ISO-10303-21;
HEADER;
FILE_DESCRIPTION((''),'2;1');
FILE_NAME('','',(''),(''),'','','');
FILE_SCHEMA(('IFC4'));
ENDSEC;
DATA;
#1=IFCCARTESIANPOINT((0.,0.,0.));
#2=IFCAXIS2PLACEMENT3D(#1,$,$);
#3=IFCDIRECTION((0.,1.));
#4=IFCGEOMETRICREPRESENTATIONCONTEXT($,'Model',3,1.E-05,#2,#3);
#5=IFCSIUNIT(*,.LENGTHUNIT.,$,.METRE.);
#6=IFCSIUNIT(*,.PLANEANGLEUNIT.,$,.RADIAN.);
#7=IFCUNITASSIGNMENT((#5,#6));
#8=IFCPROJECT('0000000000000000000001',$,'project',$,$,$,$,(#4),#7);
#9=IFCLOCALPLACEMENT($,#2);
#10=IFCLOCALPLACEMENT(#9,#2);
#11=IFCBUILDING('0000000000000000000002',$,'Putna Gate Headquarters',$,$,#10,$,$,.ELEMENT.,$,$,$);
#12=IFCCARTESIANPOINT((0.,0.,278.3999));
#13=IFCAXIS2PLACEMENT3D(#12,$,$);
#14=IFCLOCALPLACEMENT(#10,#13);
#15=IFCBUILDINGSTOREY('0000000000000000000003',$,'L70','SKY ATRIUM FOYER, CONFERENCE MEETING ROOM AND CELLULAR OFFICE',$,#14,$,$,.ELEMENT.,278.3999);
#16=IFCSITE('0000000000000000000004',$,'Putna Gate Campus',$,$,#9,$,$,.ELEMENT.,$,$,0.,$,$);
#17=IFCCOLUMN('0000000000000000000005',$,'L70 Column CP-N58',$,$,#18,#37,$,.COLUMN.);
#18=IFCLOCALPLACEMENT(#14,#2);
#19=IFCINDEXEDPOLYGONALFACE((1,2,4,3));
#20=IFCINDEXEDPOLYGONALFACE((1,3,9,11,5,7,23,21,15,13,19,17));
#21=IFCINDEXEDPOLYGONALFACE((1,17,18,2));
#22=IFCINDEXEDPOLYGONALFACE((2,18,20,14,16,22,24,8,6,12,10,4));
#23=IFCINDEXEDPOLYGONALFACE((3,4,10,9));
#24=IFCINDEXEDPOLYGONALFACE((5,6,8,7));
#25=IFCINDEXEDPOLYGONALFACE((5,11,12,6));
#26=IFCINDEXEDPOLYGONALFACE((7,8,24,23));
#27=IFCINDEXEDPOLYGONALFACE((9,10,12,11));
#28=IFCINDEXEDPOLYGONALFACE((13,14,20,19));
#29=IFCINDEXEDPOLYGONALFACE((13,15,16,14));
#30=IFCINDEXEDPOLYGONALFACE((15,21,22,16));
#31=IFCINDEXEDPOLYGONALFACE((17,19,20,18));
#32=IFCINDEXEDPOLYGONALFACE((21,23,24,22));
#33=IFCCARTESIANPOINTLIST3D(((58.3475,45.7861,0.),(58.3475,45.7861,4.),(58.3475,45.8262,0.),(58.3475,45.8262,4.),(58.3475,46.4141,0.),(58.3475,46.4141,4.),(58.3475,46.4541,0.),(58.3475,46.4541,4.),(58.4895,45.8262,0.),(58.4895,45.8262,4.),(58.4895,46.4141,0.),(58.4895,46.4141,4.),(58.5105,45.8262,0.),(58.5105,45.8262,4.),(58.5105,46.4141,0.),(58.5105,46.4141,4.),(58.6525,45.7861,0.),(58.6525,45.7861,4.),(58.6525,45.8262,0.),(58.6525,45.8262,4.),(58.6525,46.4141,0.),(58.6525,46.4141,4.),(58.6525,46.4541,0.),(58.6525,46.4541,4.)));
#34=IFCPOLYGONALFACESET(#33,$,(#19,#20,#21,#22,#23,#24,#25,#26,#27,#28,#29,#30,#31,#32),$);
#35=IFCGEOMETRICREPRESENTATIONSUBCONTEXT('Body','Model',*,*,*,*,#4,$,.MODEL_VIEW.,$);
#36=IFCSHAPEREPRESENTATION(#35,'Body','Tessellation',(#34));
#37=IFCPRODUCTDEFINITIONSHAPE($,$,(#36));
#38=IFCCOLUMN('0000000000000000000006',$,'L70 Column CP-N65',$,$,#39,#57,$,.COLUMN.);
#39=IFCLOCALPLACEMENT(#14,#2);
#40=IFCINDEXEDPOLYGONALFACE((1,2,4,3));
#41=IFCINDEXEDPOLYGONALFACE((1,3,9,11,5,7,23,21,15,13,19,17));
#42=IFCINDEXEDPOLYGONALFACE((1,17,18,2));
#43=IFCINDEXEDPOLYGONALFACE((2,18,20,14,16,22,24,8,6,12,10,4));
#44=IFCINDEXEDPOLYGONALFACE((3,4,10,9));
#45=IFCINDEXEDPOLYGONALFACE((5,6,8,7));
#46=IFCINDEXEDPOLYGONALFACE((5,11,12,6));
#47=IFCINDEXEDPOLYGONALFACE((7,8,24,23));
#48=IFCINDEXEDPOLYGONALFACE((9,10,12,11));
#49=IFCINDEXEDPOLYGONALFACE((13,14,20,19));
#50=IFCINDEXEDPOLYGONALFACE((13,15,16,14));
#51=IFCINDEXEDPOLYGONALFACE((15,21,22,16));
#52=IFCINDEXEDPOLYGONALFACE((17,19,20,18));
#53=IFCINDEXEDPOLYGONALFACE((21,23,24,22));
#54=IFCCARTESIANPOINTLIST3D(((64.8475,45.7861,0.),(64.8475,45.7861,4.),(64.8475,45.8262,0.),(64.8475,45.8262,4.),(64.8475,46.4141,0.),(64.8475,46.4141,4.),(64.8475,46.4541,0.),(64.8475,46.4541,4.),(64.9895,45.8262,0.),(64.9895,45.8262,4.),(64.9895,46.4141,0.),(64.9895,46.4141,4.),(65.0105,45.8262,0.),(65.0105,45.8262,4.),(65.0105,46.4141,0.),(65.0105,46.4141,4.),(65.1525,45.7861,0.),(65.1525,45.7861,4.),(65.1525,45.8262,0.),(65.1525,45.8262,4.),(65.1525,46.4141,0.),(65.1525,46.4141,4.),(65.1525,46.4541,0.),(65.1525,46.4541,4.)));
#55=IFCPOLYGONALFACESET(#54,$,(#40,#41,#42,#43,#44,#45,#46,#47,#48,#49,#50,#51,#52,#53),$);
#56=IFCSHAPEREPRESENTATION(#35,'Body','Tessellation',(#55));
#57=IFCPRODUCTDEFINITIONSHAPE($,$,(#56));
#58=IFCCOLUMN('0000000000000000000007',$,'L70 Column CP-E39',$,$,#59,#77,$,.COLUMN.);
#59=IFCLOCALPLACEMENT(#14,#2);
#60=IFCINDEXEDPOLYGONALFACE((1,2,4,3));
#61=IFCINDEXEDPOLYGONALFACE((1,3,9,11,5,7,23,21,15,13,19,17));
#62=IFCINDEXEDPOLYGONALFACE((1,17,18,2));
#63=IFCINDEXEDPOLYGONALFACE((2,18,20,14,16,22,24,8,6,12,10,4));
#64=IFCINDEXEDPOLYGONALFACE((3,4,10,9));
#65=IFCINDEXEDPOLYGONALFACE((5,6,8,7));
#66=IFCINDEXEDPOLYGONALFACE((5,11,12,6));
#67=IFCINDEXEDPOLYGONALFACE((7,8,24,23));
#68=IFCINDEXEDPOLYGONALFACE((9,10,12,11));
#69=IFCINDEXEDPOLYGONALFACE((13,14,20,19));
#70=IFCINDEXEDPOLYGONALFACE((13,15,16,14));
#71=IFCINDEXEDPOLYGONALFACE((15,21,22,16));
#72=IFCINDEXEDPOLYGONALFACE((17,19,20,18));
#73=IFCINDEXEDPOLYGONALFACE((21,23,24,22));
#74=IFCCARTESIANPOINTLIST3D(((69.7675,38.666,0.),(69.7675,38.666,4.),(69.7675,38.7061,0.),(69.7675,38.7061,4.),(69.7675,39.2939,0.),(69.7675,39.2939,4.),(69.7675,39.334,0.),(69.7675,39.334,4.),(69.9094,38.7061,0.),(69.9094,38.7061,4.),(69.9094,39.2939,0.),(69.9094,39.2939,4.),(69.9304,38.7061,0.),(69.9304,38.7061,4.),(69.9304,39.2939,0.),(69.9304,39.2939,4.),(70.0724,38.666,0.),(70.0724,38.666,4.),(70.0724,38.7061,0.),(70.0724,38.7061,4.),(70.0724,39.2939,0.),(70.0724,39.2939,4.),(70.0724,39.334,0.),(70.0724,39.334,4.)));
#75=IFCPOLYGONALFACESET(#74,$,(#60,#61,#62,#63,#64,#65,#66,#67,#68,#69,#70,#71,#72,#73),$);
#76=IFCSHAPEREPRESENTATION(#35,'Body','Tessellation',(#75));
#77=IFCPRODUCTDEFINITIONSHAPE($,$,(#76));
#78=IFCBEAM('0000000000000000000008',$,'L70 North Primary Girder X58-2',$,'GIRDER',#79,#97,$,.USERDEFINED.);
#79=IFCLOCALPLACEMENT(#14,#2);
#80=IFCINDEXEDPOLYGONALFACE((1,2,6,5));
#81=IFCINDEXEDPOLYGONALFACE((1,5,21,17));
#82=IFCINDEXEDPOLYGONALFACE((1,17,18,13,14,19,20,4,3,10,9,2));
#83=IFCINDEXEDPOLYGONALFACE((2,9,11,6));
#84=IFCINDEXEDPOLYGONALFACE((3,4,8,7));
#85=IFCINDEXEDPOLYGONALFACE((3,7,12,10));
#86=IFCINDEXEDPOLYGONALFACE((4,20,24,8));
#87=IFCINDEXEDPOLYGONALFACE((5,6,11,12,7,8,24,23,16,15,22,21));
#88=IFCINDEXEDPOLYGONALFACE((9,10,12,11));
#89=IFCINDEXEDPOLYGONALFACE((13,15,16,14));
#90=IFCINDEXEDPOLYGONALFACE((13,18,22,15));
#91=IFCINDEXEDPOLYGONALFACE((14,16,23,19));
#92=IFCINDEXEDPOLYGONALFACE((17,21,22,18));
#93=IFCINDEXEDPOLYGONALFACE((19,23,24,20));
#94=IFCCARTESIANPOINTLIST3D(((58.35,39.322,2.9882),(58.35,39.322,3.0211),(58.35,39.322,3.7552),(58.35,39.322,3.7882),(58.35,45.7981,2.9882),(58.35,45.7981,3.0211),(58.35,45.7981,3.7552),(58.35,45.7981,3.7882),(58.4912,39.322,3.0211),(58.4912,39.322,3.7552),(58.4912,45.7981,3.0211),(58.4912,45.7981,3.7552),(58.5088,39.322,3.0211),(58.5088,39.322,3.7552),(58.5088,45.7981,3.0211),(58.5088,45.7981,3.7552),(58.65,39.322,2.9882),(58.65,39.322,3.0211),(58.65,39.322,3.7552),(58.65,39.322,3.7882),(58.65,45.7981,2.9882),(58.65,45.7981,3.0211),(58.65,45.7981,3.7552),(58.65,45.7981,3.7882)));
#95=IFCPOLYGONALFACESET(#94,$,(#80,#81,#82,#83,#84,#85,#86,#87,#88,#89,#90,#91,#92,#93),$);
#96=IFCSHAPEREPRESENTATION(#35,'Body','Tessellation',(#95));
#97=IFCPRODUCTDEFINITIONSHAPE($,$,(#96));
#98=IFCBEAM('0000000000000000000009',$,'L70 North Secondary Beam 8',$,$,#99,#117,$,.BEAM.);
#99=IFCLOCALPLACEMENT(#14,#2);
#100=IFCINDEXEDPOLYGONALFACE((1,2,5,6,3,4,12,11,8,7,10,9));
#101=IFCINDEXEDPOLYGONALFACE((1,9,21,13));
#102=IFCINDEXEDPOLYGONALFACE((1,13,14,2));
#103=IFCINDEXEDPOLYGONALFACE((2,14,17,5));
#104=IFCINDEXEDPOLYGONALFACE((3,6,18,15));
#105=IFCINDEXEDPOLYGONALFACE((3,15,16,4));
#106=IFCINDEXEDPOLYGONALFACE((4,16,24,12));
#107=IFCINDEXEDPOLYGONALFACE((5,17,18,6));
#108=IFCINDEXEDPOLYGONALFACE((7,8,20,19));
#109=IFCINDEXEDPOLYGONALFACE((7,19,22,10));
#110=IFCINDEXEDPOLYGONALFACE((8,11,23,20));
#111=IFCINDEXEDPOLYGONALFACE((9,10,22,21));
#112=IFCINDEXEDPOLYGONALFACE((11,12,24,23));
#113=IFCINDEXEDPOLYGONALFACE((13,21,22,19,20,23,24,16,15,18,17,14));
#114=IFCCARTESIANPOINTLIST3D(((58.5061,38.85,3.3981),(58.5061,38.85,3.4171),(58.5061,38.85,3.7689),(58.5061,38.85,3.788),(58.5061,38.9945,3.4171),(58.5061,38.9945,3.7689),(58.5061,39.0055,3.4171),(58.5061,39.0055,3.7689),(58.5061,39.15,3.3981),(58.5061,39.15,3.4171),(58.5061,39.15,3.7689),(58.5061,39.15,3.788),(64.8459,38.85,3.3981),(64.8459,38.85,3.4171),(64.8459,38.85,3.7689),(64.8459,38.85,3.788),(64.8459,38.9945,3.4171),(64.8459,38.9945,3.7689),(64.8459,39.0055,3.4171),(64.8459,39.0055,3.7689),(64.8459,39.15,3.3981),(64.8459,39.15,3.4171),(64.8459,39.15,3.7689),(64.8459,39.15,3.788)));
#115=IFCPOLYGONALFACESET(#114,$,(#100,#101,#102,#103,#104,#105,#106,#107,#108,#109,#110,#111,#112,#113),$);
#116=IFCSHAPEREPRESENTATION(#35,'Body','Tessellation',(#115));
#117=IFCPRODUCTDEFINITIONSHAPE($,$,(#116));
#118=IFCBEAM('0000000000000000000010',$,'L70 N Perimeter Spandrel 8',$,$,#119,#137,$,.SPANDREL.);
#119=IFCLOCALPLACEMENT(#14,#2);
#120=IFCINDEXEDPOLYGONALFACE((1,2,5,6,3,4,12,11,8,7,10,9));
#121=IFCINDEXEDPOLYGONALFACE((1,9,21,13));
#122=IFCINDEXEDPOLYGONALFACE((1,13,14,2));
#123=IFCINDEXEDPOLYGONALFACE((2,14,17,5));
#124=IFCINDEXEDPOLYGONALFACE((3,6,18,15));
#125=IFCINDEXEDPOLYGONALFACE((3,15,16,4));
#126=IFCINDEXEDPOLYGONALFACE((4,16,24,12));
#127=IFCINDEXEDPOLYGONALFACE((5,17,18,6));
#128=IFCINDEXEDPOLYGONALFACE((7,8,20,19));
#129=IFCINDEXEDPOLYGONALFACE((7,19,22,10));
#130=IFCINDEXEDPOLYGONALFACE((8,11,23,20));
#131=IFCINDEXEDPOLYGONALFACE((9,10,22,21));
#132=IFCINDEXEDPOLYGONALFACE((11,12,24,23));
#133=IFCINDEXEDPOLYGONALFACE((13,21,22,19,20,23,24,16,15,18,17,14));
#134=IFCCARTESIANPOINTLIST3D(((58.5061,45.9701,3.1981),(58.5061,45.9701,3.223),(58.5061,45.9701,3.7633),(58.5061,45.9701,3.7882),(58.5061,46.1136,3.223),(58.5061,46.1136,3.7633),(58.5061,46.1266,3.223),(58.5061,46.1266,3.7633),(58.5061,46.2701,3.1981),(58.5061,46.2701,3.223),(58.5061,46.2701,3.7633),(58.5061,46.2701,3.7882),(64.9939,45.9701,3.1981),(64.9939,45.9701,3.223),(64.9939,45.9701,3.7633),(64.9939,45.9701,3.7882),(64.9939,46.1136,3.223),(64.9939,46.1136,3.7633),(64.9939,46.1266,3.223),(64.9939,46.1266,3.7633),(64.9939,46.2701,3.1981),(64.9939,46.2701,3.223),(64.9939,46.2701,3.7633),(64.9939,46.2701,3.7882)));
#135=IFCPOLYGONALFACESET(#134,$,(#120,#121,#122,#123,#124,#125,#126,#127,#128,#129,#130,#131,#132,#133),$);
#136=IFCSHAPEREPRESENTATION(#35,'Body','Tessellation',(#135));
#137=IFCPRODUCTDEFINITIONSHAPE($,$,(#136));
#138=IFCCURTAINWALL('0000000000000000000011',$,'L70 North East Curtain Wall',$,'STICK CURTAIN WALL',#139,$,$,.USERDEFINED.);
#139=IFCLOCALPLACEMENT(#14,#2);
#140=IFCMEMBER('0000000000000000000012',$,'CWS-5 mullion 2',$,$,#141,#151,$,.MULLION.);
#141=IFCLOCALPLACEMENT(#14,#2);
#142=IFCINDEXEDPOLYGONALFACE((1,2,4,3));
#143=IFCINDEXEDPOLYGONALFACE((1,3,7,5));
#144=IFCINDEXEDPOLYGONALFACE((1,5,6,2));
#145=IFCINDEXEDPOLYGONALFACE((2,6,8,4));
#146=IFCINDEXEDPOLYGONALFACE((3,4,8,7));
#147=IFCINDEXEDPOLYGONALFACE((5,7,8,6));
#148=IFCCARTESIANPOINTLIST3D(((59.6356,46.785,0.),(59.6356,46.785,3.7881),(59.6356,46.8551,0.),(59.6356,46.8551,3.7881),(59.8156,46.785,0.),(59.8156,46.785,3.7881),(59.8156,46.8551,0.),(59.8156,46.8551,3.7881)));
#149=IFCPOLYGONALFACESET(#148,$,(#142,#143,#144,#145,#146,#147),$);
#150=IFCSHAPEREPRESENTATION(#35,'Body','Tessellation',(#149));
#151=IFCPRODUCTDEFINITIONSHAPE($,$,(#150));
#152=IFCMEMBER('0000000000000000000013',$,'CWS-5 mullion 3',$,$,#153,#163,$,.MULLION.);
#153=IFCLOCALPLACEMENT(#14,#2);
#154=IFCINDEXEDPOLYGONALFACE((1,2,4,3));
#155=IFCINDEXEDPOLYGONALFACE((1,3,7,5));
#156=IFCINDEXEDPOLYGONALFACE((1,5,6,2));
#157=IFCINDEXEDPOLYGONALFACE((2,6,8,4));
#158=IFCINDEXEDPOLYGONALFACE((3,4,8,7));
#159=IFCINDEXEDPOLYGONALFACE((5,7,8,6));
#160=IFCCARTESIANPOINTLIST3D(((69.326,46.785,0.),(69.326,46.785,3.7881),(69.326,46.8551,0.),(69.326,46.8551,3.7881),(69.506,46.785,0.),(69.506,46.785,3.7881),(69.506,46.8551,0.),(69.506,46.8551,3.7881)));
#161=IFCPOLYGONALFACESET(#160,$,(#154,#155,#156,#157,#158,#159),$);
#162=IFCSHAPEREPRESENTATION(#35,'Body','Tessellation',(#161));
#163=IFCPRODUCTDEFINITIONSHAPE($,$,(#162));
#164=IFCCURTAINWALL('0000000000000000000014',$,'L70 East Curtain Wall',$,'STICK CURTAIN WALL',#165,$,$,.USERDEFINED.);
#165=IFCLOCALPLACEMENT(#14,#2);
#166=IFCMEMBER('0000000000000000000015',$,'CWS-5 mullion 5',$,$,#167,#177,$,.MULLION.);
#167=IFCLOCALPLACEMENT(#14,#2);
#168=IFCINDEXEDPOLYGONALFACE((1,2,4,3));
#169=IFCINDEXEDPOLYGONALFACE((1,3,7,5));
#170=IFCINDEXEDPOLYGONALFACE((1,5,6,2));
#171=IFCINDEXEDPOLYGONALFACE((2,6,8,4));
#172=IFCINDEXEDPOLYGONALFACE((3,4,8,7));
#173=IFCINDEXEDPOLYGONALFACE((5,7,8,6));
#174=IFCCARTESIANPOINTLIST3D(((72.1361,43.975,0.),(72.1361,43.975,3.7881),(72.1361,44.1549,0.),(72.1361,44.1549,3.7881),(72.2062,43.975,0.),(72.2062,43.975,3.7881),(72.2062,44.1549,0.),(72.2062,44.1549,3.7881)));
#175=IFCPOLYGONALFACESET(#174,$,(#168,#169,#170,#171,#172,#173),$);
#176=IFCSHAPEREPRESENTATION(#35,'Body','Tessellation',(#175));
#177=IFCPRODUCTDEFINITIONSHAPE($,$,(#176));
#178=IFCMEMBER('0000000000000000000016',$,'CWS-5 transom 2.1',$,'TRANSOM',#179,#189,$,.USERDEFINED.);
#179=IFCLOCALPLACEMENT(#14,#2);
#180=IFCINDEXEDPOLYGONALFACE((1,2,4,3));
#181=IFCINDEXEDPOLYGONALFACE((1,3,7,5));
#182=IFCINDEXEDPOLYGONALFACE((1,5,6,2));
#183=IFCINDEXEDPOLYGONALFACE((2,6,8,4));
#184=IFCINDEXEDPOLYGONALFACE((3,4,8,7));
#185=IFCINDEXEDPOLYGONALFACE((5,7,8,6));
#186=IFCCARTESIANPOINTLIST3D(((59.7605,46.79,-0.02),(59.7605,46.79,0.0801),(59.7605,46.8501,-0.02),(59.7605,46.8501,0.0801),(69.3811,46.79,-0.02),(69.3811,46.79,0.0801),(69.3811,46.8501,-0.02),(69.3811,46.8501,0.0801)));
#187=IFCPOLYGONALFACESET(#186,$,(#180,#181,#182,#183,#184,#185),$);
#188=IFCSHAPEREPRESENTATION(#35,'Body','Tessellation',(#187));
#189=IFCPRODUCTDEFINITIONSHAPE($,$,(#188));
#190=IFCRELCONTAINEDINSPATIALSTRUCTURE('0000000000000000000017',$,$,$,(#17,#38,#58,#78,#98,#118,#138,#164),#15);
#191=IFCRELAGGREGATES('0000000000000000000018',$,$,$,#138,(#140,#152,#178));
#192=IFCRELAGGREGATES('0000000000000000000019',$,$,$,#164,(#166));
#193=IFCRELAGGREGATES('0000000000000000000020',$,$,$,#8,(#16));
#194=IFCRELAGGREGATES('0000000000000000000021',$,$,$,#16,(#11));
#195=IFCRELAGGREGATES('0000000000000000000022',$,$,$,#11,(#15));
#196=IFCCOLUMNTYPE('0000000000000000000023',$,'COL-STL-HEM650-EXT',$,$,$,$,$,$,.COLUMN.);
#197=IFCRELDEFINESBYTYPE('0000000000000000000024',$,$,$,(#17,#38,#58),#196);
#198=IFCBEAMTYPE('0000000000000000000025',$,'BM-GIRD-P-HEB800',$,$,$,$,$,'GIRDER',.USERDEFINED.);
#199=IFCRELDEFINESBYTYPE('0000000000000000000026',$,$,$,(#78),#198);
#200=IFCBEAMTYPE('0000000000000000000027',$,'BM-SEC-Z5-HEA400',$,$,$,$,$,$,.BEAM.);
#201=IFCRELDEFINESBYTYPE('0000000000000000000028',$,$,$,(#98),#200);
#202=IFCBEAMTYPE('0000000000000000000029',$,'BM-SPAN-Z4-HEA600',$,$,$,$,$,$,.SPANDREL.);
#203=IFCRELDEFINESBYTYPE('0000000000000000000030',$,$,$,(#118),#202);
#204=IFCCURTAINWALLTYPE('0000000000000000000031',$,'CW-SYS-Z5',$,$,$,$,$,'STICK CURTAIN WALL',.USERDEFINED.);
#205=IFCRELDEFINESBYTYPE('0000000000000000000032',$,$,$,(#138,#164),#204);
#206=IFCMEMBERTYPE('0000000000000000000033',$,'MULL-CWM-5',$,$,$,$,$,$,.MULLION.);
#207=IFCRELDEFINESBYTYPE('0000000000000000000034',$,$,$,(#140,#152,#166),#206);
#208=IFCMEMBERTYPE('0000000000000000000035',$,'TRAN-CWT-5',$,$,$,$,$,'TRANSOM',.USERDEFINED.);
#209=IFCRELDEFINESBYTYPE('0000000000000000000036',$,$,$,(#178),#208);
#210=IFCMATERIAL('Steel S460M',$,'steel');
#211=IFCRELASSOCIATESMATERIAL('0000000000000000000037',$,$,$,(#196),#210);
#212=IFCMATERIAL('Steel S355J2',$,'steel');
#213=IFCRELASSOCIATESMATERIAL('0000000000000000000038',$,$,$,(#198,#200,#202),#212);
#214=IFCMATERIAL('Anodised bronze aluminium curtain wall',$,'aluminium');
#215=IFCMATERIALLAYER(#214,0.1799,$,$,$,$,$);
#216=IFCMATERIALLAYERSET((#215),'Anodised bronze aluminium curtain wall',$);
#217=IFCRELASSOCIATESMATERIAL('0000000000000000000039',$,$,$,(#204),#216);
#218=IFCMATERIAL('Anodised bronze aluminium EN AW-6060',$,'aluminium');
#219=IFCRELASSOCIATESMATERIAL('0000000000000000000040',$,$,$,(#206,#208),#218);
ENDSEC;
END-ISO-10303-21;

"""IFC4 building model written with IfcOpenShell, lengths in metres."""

from ifc_helpers import new_model, si_unit, direction, frame, origin, origin_2d, place, context, subcontext, project, spatial, rectangle, i_section, extrude, material, layer, layer_set, material_profile, profile_set, type_object, element, aggregate, save


model = new_model("IFC4")

# Units and contexts
model_context = context("Model", 3, precision=1e-05, world=origin(), true_north=direction((0.0, 1.0)))
body_context = subcontext(model_context, "Body", "Model", "MODEL_VIEW")
ifc_project = project(units=[si_unit("LENGTHUNIT", "METRE"), si_unit("PLANEANGLEUNIT", "RADIAN")], contexts=[model_context])

# Site, building, storey
site_placement = place(None, origin())
site = spatial("IfcSite", under=ifc_project, at=site_placement, Name="Putna Gate Campus", CompositionType="ELEMENT", RefElevation=0.0)
building_placement = place(site_placement, origin())
building = spatial("IfcBuilding", under=site, at=building_placement, Name="Putna Gate Headquarters", CompositionType="ELEMENT")
storey_placement = place(building_placement, frame((0.0, 0.0, 278.3999)))
storey = spatial("IfcBuildingStorey", under=building, at=storey_placement, Name="L70", Description="SKY ATRIUM FOYER, CONFERENCE MEETING ROOM AND CELLULAR OFFICE", CompositionType="ELEMENT", Elevation=278.3999)

# Columns
ifc_material_1 = material(Name="Steel S460M", Category="steel")
ifc_material_profile_1 = material_profile(ifc_material_1, i_section(OverallWidth=0.3049, OverallDepth=0.668, WebThickness=0.021, FlangeThickness=0.04, at=origin_2d()), Name="Steel S460M")
ifc_profile_set_1 = profile_set([ifc_material_profile_1], Name="Steel S460M")
column_type = type_object("IfcColumnType", Name="COL-STL-HEM650-EXT", PredefinedType="COLUMN", material=ifc_profile_set_1)
for number, where, z_axis, x_axis, name in (
    (1, (58.5, 46.1201, 0.0), (0.0, 0.0, 1.0), (1.0, 0.0, 0.0), "L70 Column CP-N58"),
    (2, (65.0, 46.1201, 0.0), (0.0, 0.0, 1.0), (1.0, 0.0, 0.0), "L70 Column CP-N65"),
    (3, (69.9199, 39.0, 0.0), (0.0, 0.0, 1.0), (1.0, 0.0, 0.0), "L70 Column CP-E39"),
):
    element("IfcColumn", number, at=place(storey_placement, frame(where, z_axis=z_axis, x_axis=x_axis)), inside=storey, type_object=column_type, Name=name, PredefinedType="COLUMN", context=body_context, shape_type="SweptSolid", body=[
        extrude(i_section(OverallWidth=0.3049, OverallDepth=0.668, WebThickness=0.021, FlangeThickness=0.04, at=origin_2d()), origin(), (0.0, 0.0, 1.0), 4.0),
    ])

# Beams
ifc_material_2 = material(Name="Steel S355J2", Category="steel")
ifc_material_profile_2 = material_profile(ifc_material_2, i_section(OverallWidth=0.3, OverallDepth=0.8, WebThickness=0.0176, FlangeThickness=0.033, at=origin_2d()), Name="Steel S355J2")
ifc_profile_set_2 = profile_set([ifc_material_profile_2], Name="Steel S355J2")
beam_type_1 = type_object("IfcBeamType", Name="BM-GIRD-P-HEB800", ElementType="GIRDER", PredefinedType="USERDEFINED", material=ifc_profile_set_2)
beam_1_placement = place(storey_placement, frame((58.5, 39.322, 3.3882), z_axis=(0.0, 1.0, 0.0), x_axis=(-1.0, 0.0, 0.0)))
element("IfcBeam", 4, at=beam_1_placement, inside=storey, type_object=beam_type_1, Name="L70 North Primary Girder X58-2", ObjectType="GIRDER", PredefinedType="USERDEFINED", context=body_context, shape_type="SweptSolid", body=[
    extrude(i_section(OverallWidth=0.3, OverallDepth=0.8, WebThickness=0.0176, FlangeThickness=0.033, at=origin_2d()), origin(), (0.0, 0.0, 1.0), 6.4761),
])
ifc_material_profile_3 = material_profile(ifc_material_2, i_section(OverallWidth=0.3, OverallDepth=0.3899, WebThickness=0.011, FlangeThickness=0.019, at=origin_2d()), Name="Steel S355J2")
ifc_profile_set_3 = profile_set([ifc_material_profile_3], Name="Steel S355J2")
beam_type_2 = type_object("IfcBeamType", Name="BM-SEC-Z5-HEA400", PredefinedType="BEAM", material=ifc_profile_set_3)
beam_2_placement = place(storey_placement, frame((58.5061, 39.0, 3.593), z_axis=(1.0, 0.0, 0.0), x_axis=(0.0, 1.0, 0.0)))
element("IfcBeam", 5, at=beam_2_placement, inside=storey, type_object=beam_type_2, Name="L70 North Secondary Beam 8", PredefinedType="BEAM", context=body_context, shape_type="SweptSolid", body=[
    extrude(i_section(OverallWidth=0.3, OverallDepth=0.3899, WebThickness=0.011, FlangeThickness=0.019, at=origin_2d()), origin(), (0.0, 0.0, 1.0), 6.3398),
])
ifc_material_profile_4 = material_profile(ifc_material_2, i_section(OverallWidth=0.3, OverallDepth=0.5901, WebThickness=0.0129, FlangeThickness=0.0249, at=origin_2d()), Name="Steel S355J2")
ifc_profile_set_4 = profile_set([ifc_material_profile_4], Name="Steel S355J2")
beam_type_3 = type_object("IfcBeamType", Name="BM-SPAN-Z4-HEA600", PredefinedType="SPANDREL", material=ifc_profile_set_4)
beam_3_placement = place(storey_placement, frame((58.5061, 46.1201, 3.4932), z_axis=(1.0, 0.0, 0.0), x_axis=(0.0, 1.0, 0.0)))
element("IfcBeam", 6, at=beam_3_placement, inside=storey, type_object=beam_type_3, Name="L70 N Perimeter Spandrel 8", PredefinedType="SPANDREL", context=body_context, shape_type="SweptSolid", body=[
    extrude(i_section(OverallWidth=0.3, OverallDepth=0.5901, WebThickness=0.0129, FlangeThickness=0.0249, at=origin_2d()), origin(), (0.0, 0.0, 1.0), 6.4878),
])

# Curtain wall, members
ifc_material_3 = material(Name="Anodised bronze aluminium curtain wall", Category="aluminium")
ifc_layer_1 = layer(ifc_material_3, 0.1799)
ifc_layer_set_1 = layer_set([ifc_layer_1], Name="Anodised bronze aluminium curtain wall")
curtain_wall_type = type_object("IfcCurtainWallType", Name="CW-SYS-Z5", ElementType="STICK CURTAIN WALL", PredefinedType="USERDEFINED", material=ifc_layer_set_1)
curtain_wall_1_placement = place(storey_placement, origin())
curtain_wall_1 = element("IfcCurtainWall", 7, at=curtain_wall_1_placement, inside=storey, type_object=curtain_wall_type, Name="L70 North East Curtain Wall", ObjectType="STICK CURTAIN WALL", PredefinedType="USERDEFINED")
ifc_material_4 = material(Name="Anodised bronze aluminium EN AW-6060", Category="aluminium")
ifc_material_profile_5 = material_profile(ifc_material_4, rectangle(XDim=0.0701, YDim=0.1799, at=origin_2d()), Name="Anodised bronze aluminium EN AW-6060")
ifc_profile_set_5 = profile_set([ifc_material_profile_5], Name="Anodised bronze aluminium EN AW-6060")
member_type_1 = type_object("IfcMemberType", Name="MULL-CWM-5", PredefinedType="MULLION", material=ifc_profile_set_5)
member_1_placement = place(storey_placement, frame((59.7256, 46.8201, 0.0), z_axis=(0.0, 0.0, 1.0), x_axis=(0.0, 1.0, 0.0)))
member_1 = element("IfcMember", 8, at=member_1_placement, type_object=member_type_1, Name="CWS-5 mullion 2", PredefinedType="MULLION", context=body_context, shape_type="SweptSolid", body=[
    extrude(rectangle(XDim=0.0701, YDim=0.1799, at=origin_2d()), origin(), (0.0, 0.0, 1.0), 3.7881),
])
member_2_placement = place(storey_placement, frame((69.416, 46.8201, 0.0), z_axis=(0.0, 0.0, 1.0), x_axis=(0.0, 1.0, 0.0)))
member_2 = element("IfcMember", 9, at=member_2_placement, type_object=member_type_1, Name="CWS-5 mullion 3", PredefinedType="MULLION", context=body_context, shape_type="SweptSolid", body=[
    extrude(rectangle(XDim=0.0701, YDim=0.1799, at=origin_2d()), origin(), (0.0, 0.0, 1.0), 3.7881),
])

# Curtain wall, member
curtain_wall_2_placement = place(storey_placement, origin())
curtain_wall_2 = element("IfcCurtainWall", 10, at=curtain_wall_2_placement, inside=storey, type_object=curtain_wall_type, Name="L70 East Curtain Wall", ObjectType="STICK CURTAIN WALL", PredefinedType="USERDEFINED")
member_3_placement = place(storey_placement, frame((72.1711, 44.0649, 0.0), z_axis=(0.0, 0.0, 1.0), x_axis=(-1.0, 0.0, 0.0)))
member_3 = element("IfcMember", 11, at=member_3_placement, type_object=member_type_1, Name="CWS-5 mullion 5", PredefinedType="MULLION", context=body_context, shape_type="SweptSolid", body=[
    extrude(rectangle(XDim=0.0701, YDim=0.1799, at=origin_2d()), origin(), (0.0, 0.0, 1.0), 3.7881),
])

# Member
ifc_material_profile_6 = material_profile(ifc_material_4, rectangle(XDim=0.0601, YDim=0.1001, at=origin_2d()), Name="Anodised bronze aluminium EN AW-6060")
ifc_profile_set_6 = profile_set([ifc_material_profile_6], Name="Anodised bronze aluminium EN AW-6060")
member_type_2 = type_object("IfcMemberType", Name="TRAN-CWT-5", ElementType="TRANSOM", PredefinedType="USERDEFINED", material=ifc_profile_set_6)
member_4_placement = place(storey_placement, frame((59.7605, 46.8201, 0.03), z_axis=(1.0, 0.0, 0.0), x_axis=(0.0, 1.0, 0.0)))
member_4 = element("IfcMember", 12, at=member_4_placement, type_object=member_type_2, Name="CWS-5 transom 2.1", ObjectType="TRANSOM", PredefinedType="USERDEFINED", context=body_context, shape_type="SweptSolid", body=[
    extrude(rectangle(XDim=0.0601, YDim=0.1001, at=origin_2d()), origin(), (0.0, 0.0, 1.0), 9.6206),
])

aggregate(curtain_wall_1, [member_1, member_2, member_4])
aggregate(curtain_wall_2, [member_3])

save(model, "model.ifc")
